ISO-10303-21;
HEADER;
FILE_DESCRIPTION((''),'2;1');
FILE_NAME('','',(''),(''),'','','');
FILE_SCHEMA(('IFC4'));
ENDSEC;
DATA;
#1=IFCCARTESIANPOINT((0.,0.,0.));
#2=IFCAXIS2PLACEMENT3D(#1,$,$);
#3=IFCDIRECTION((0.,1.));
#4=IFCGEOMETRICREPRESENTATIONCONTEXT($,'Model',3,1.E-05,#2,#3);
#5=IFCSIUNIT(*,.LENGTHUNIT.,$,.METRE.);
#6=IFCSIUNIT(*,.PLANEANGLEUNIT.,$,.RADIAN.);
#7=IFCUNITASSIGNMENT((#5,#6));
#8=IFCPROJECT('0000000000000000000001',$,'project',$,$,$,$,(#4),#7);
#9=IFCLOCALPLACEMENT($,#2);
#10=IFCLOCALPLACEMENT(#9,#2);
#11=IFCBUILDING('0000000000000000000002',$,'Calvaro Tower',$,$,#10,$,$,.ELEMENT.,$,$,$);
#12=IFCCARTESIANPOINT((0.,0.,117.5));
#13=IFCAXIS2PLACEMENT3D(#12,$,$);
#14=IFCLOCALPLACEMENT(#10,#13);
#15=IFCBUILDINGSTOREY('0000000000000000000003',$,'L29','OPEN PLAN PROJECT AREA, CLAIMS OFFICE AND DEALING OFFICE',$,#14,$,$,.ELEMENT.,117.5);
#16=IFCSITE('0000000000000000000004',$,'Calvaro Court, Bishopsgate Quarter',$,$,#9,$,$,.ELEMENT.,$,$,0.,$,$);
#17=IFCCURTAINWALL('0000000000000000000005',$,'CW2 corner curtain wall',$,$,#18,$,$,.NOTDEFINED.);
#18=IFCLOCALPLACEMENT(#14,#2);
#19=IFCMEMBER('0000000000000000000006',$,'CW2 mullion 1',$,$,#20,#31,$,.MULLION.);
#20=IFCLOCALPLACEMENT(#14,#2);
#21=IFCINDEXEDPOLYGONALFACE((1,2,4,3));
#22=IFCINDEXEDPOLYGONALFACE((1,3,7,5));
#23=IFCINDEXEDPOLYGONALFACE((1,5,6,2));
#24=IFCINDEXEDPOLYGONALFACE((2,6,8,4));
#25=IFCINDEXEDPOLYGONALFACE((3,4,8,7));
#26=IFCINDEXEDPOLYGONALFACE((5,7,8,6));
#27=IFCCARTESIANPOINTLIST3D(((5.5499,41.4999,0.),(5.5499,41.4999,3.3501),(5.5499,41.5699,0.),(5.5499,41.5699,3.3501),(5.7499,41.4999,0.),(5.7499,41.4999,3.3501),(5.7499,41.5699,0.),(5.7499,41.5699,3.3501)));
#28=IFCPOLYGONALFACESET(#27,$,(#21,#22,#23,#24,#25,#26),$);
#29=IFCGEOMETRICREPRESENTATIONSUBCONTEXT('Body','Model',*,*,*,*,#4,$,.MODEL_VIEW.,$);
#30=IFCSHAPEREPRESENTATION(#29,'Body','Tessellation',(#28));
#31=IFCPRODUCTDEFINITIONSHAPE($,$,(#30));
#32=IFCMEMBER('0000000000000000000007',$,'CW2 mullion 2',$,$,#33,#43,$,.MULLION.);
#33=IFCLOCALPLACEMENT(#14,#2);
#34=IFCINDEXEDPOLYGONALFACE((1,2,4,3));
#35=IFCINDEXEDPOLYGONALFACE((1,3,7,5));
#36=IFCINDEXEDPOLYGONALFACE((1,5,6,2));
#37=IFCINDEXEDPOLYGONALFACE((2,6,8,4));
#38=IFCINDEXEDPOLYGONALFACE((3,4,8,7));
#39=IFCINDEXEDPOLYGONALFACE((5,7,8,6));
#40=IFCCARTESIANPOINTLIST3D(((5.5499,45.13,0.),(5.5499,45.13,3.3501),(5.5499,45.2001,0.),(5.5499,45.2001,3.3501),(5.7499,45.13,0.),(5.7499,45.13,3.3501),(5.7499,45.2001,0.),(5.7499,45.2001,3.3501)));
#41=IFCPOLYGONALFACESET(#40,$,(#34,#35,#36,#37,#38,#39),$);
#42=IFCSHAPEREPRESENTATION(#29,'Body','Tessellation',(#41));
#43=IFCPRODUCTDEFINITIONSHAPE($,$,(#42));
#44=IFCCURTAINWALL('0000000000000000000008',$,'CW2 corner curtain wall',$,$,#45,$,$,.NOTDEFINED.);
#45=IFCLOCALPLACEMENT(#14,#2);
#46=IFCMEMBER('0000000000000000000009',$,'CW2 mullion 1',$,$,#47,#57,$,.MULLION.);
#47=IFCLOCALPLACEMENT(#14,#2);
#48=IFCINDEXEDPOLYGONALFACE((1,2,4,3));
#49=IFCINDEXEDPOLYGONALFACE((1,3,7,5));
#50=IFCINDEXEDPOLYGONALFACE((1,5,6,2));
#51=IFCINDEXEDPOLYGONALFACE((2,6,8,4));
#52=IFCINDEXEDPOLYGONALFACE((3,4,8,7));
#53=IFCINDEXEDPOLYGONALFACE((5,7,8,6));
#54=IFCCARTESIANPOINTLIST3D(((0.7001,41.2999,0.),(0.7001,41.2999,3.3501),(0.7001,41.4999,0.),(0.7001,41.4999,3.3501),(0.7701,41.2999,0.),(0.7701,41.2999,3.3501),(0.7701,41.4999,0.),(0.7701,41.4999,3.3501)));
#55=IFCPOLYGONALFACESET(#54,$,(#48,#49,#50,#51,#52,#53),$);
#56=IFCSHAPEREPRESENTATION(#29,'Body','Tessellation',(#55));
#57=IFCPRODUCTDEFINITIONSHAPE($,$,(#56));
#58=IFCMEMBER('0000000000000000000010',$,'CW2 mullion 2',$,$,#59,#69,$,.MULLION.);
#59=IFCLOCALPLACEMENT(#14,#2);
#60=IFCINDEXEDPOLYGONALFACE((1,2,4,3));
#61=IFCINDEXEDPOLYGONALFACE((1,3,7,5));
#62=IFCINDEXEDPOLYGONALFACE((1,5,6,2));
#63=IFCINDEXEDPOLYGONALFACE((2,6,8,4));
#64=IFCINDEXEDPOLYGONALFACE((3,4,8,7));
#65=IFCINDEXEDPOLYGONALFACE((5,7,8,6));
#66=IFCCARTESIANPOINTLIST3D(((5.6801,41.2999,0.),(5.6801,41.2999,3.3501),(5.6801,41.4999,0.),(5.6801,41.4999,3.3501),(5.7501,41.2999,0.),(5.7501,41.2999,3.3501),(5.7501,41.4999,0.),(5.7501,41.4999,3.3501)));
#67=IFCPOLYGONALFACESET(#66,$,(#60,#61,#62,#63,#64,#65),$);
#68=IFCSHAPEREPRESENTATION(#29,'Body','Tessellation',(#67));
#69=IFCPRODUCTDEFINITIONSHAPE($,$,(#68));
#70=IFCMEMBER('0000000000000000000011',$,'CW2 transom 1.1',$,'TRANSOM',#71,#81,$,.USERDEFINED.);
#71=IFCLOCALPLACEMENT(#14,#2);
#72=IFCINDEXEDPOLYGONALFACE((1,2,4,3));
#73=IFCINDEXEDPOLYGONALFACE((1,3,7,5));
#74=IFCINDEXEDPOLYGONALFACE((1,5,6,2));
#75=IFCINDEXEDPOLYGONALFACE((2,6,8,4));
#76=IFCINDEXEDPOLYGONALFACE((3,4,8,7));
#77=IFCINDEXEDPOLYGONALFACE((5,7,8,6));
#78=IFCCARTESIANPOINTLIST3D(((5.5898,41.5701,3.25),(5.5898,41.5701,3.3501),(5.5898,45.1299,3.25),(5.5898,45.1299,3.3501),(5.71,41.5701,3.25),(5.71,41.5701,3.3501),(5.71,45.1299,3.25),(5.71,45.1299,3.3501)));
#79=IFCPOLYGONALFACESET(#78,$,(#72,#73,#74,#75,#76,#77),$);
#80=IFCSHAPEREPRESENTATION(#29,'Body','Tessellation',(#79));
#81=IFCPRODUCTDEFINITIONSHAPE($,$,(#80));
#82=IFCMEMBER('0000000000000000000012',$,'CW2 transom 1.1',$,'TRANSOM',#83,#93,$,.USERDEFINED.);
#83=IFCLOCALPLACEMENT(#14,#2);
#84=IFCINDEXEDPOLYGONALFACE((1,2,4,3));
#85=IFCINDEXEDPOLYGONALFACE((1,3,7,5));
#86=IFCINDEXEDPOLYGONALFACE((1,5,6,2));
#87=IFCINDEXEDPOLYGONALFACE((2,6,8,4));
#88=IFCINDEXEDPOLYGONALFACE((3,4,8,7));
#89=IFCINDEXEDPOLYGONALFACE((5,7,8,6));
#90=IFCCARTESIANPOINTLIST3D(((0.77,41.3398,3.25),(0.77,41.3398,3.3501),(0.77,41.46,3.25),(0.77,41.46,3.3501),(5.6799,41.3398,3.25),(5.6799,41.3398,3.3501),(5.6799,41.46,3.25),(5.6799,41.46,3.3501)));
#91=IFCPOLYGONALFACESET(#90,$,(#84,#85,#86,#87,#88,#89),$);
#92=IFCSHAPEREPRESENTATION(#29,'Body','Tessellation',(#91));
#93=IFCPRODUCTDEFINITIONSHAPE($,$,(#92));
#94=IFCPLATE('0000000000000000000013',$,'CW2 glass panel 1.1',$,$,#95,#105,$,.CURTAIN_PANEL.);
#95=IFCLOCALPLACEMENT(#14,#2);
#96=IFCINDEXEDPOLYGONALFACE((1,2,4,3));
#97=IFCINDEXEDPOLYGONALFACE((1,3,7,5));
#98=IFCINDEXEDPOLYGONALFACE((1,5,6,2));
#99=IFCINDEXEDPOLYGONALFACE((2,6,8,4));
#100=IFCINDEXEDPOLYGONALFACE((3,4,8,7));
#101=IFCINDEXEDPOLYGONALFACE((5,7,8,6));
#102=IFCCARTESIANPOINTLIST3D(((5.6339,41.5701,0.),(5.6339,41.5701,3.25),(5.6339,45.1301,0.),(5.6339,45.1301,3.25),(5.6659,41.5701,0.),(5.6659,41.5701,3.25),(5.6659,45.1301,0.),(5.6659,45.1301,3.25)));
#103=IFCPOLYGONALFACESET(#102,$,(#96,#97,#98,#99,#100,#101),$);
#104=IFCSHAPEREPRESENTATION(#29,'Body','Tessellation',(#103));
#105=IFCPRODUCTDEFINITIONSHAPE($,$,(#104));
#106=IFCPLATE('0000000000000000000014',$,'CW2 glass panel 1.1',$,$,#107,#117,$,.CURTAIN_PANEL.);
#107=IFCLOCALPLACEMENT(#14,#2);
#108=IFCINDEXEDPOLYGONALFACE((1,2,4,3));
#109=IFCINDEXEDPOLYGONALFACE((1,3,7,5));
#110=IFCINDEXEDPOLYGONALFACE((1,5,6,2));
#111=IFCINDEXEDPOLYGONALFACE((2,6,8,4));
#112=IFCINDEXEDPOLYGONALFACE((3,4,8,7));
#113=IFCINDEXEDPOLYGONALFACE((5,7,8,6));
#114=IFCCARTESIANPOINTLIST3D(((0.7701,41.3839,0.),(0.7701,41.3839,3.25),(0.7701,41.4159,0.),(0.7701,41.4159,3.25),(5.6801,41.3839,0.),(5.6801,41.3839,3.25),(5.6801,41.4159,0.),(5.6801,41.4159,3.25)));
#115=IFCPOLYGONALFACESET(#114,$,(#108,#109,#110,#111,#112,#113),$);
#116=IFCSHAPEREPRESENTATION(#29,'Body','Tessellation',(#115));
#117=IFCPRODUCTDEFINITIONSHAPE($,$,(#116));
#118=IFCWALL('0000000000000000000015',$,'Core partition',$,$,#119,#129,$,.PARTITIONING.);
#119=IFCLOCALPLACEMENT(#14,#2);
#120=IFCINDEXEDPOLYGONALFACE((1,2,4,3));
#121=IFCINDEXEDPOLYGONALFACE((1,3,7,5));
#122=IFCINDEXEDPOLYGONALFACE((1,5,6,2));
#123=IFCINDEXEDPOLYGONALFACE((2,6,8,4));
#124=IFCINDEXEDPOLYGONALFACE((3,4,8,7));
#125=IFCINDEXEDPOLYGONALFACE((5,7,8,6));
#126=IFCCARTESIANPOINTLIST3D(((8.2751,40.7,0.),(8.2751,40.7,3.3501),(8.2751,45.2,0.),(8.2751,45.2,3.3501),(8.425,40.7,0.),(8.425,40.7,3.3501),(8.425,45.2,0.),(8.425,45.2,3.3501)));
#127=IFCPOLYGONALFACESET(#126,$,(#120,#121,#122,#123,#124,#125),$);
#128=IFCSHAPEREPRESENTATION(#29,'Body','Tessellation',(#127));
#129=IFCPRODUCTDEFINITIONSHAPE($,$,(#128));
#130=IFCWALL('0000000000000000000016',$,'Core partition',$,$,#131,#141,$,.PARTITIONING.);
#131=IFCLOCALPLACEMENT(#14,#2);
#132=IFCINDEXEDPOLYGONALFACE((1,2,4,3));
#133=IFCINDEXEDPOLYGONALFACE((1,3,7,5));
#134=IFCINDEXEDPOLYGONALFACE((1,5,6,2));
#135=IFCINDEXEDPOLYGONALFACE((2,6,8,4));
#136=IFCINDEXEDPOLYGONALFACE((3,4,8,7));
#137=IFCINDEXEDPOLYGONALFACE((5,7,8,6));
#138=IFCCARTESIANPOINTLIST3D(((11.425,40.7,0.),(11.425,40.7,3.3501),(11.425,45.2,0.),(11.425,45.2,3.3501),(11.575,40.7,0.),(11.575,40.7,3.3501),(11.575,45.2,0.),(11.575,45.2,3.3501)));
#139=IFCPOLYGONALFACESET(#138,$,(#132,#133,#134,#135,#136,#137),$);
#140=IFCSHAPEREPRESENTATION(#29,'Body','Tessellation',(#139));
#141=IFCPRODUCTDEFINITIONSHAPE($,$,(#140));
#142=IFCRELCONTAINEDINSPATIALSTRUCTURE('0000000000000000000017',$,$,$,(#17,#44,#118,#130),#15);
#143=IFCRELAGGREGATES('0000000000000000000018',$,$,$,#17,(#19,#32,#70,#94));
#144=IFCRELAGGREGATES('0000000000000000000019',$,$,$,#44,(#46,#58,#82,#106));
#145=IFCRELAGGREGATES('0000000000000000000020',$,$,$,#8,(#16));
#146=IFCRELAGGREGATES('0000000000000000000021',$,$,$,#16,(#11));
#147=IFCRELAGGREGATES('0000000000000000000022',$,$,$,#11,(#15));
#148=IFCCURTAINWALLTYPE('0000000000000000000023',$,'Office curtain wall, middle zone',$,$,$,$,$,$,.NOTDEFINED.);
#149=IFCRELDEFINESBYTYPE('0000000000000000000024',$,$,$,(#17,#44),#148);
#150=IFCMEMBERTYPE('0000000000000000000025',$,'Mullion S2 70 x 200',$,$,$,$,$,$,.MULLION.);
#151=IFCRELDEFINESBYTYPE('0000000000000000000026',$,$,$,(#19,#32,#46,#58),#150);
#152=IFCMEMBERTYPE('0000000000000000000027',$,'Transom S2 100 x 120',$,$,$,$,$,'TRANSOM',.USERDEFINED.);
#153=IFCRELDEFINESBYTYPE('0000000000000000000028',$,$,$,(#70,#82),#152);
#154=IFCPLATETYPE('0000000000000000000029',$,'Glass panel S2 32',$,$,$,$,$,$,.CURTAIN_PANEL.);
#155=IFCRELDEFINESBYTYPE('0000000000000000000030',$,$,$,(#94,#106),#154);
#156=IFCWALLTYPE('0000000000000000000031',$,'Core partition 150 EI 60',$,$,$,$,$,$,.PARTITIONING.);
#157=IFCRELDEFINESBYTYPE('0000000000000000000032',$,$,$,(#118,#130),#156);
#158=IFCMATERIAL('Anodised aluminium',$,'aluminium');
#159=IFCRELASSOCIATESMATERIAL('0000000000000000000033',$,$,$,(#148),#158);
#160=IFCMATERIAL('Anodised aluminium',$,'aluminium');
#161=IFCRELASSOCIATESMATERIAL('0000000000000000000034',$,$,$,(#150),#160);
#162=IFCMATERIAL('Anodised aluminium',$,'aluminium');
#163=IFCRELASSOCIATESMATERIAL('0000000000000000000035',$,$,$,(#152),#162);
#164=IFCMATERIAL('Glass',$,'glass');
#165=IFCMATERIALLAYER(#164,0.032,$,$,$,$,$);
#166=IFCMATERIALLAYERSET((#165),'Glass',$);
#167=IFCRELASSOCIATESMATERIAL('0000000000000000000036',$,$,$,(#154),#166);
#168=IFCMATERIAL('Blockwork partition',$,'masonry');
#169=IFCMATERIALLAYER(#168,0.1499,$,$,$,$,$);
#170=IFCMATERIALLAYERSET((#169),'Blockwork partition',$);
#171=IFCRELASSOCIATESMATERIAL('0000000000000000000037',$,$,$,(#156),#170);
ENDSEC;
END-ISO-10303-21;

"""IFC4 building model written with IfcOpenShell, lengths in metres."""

from ifc_helpers import new_model, si_unit, direction, frame, frame_2d, origin, origin_2d, place, context, subcontext, project, spatial, rectangle, extrude, material, layer, layer_set, material_profile, profile_set, type_object, element, aggregate, save


model = new_model("IFC4")

# Units and contexts
model_context = context("Model", 3, precision=1e-05, world=origin(), true_north=direction((0.0, 1.0)))
body_context = subcontext(model_context, "Body", "Model", "MODEL_VIEW")
ifc_project = project(units=[si_unit("LENGTHUNIT", "METRE"), si_unit("PLANEANGLEUNIT", "RADIAN")], contexts=[model_context])

# Site, building, storey
site_placement = place(None, origin())
site = spatial("IfcSite", under=ifc_project, at=site_placement, Name="Calvaro Court, Bishopsgate Quarter", CompositionType="ELEMENT", RefElevation=0.0)
building_placement = place(site_placement, origin())
building = spatial("IfcBuilding", under=site, at=building_placement, Name="Calvaro Tower", CompositionType="ELEMENT")
storey_placement = place(building_placement, frame((0.0, 0.0, 117.5)))
storey = spatial("IfcBuildingStorey", under=building, at=storey_placement, Name="L29", Description="OPEN PLAN PROJECT AREA, CLAIMS OFFICE AND DEALING OFFICE", CompositionType="ELEMENT", Elevation=117.5)

# Curtain walls, members
ifc_material_1 = material(Name="Anodised aluminium", Category="aluminium")
curtain_wall_type = type_object("IfcCurtainWallType", Name="Office curtain wall, middle zone", PredefinedType="NOTDEFINED", material=ifc_material_1)
curtain_wall_1_placement = place(storey_placement, origin())
curtain_wall_1 = element("IfcCurtainWall", 1, at=curtain_wall_1_placement, inside=storey, type_object=curtain_wall_type, Name="CW2 corner curtain wall", PredefinedType="NOTDEFINED")
ifc_material_2 = material(Name="Anodised aluminium", Category="aluminium")
ifc_material_profile_1 = material_profile(ifc_material_2, rectangle(XDim=0.2, YDim=0.0701, at=origin_2d()), Name="Mullion S2 70 x 200")
ifc_profile_set_1 = profile_set([ifc_material_profile_1], Name="Anodised aluminium")
member_type_1 = type_object("IfcMemberType", Name="Mullion S2 70 x 200", PredefinedType="MULLION", material=ifc_profile_set_1)
member_1_placement = place(storey_placement, frame((5.6499, 41.5349, 0.0), z_axis=(0.0, 0.0, 1.0), x_axis=(-1.0, 0.0, 0.0)))
member_1 = element("IfcMember", 2, at=member_1_placement, type_object=member_type_1, Name="CW2 mullion 1", PredefinedType="MULLION", context=body_context, shape_type="SweptSolid", body=[
    extrude(rectangle(XDim=0.2, YDim=0.0701, at=origin_2d()), origin(), (0.0, 0.0, 1.0), 3.3501),
])
member_2_placement = place(storey_placement, frame((5.6499, 45.165, 0.0), z_axis=(0.0, 0.0, 1.0), x_axis=(-1.0, 0.0, 0.0)))
member_2 = element("IfcMember", 3, at=member_2_placement, type_object=member_type_1, Name="CW2 mullion 2", PredefinedType="MULLION", context=body_context, shape_type="SweptSolid", body=[
    extrude(rectangle(XDim=0.2, YDim=0.0701, at=origin_2d()), origin(), (0.0, 0.0, 1.0), 3.3501),
])
curtain_wall_2_placement = place(storey_placement, origin())
curtain_wall_2 = element("IfcCurtainWall", 4, at=curtain_wall_2_placement, inside=storey, type_object=curtain_wall_type, Name="CW2 corner curtain wall", PredefinedType="NOTDEFINED")
member_3_placement = place(storey_placement, frame((0.7351, 41.3999, 0.0), z_axis=(0.0, 0.0, 1.0), x_axis=(0.0, 1.0, 0.0)))
member_3 = element("IfcMember", 5, at=member_3_placement, type_object=member_type_1, Name="CW2 mullion 1", PredefinedType="MULLION", context=body_context, shape_type="SweptSolid", body=[
    extrude(rectangle(XDim=0.2, YDim=0.0701, at=origin_2d()), origin(), (0.0, 0.0, 1.0), 3.3501),
])
member_4_placement = place(storey_placement, frame((5.7151, 41.3999, 0.0), z_axis=(0.0, 0.0, 1.0), x_axis=(0.0, 1.0, 0.0)))
member_4 = element("IfcMember", 6, at=member_4_placement, type_object=member_type_1, Name="CW2 mullion 2", PredefinedType="MULLION", context=body_context, shape_type="SweptSolid", body=[
    extrude(rectangle(XDim=0.2, YDim=0.0701, at=origin_2d()), origin(), (0.0, 0.0, 1.0), 3.3501),
])

# Members
ifc_material_3 = material(Name="Anodised aluminium", Category="aluminium")
ifc_material_profile_2 = material_profile(ifc_material_3, rectangle(XDim=0.1201, YDim=0.1001, at=origin_2d()), Name="Transom S2 100 x 120")
ifc_profile_set_2 = profile_set([ifc_material_profile_2], Name="Anodised aluminium")
member_type_2 = type_object("IfcMemberType", Name="Transom S2 100 x 120", ElementType="TRANSOM", PredefinedType="USERDEFINED", material=ifc_profile_set_2)
member_5_placement = place(storey_placement, frame((5.6499, 41.5701, 3.3), z_axis=(0.0, 1.0, 0.0), x_axis=(-1.0, 0.0, 0.0)))
member_5 = element("IfcMember", 7, at=member_5_placement, type_object=member_type_2, Name="CW2 transom 1.1", ObjectType="TRANSOM", PredefinedType="USERDEFINED", context=body_context, shape_type="SweptSolid", body=[
    extrude(rectangle(XDim=0.1201, YDim=0.1001, at=origin_2d()), origin(), (0.0, 0.0, 1.0), 3.5598),
])
member_6_placement = place(storey_placement, frame((0.77, 41.3999, 3.3), z_axis=(1.0, 0.0, 0.0), x_axis=(0.0, 1.0, 0.0)))
member_6 = element("IfcMember", 8, at=member_6_placement, type_object=member_type_2, Name="CW2 transom 1.1", ObjectType="TRANSOM", PredefinedType="USERDEFINED", context=body_context, shape_type="SweptSolid", body=[
    extrude(rectangle(XDim=0.1201, YDim=0.1001, at=origin_2d()), origin(), (0.0, 0.0, 1.0), 4.9099),
])

# Plates
ifc_material_4 = material(Name="Glass", Category="glass")
ifc_layer_1 = layer(ifc_material_4, 0.032)
ifc_layer_set_1 = layer_set([ifc_layer_1], Name="Glass")
plate_type = type_object("IfcPlateType", Name="Glass panel S2 32", PredefinedType="CURTAIN_PANEL", material=ifc_layer_set_1)
plate_1_placement = place(storey_placement, frame((5.6499, 43.3501, 0.0), z_axis=(0.0, 0.0, 1.0), x_axis=(0.0, 1.0, 0.0)))
plate_1 = element("IfcPlate", 9, at=plate_1_placement, type_object=plate_type, Name="CW2 glass panel 1.1", PredefinedType="CURTAIN_PANEL", context=body_context, shape_type="SweptSolid", body=[
    extrude(rectangle(XDim=3.5601, YDim=0.032, at=origin_2d()), origin(), (0.0, 0.0, 1.0), 3.25),
])
aggregate(curtain_wall_1, [member_1, member_2, member_5, plate_1])
plate_2_placement = place(storey_placement, frame((3.2251, 41.3999, 0.0), z_axis=(0.0, 0.0, 1.0), x_axis=(1.0, 0.0, 0.0)))
plate_2 = element("IfcPlate", 10, at=plate_2_placement, type_object=plate_type, Name="CW2 glass panel 1.1", PredefinedType="CURTAIN_PANEL", context=body_context, shape_type="SweptSolid", body=[
    extrude(rectangle(XDim=4.9099, YDim=0.032, at=origin_2d()), origin(), (0.0, 0.0, 1.0), 3.25),
])
aggregate(curtain_wall_2, [member_3, member_4, member_6, plate_2])

# Walls
ifc_material_5 = material(Name="Blockwork partition", Category="masonry")
ifc_layer_2 = layer(ifc_material_5, 0.1499)
ifc_layer_set_2 = layer_set([ifc_layer_2], Name="Blockwork partition")
wall_type_1 = type_object("IfcWallType", Name="Core partition 150 EI 60", PredefinedType="PARTITIONING", material=ifc_layer_set_2)
for number, where, z_axis, x_axis, name in (
    (11, (8.3501, 40.7, 0.0), (0.0, 0.0, 1.0), (0.0, 1.0, 0.0), "Core partition"),
    (12, (11.5, 40.7, 0.0), (0.0, 0.0, 1.0), (0.0, 1.0, 0.0), "Core partition"),
):
    element("IfcWall", number, at=place(storey_placement, frame(where, z_axis=z_axis, x_axis=x_axis)), inside=storey, type_object=wall_type_1, Name=name, PredefinedType="PARTITIONING", context=body_context, shape_type="SweptSolid", body=[
        extrude(rectangle(XDim=4.5, YDim=0.1499, at=frame_2d((2.25, 0.0))), origin(), (0.0, 0.0, 1.0), 3.3501),
    ])

save(model, "model.ifc")
